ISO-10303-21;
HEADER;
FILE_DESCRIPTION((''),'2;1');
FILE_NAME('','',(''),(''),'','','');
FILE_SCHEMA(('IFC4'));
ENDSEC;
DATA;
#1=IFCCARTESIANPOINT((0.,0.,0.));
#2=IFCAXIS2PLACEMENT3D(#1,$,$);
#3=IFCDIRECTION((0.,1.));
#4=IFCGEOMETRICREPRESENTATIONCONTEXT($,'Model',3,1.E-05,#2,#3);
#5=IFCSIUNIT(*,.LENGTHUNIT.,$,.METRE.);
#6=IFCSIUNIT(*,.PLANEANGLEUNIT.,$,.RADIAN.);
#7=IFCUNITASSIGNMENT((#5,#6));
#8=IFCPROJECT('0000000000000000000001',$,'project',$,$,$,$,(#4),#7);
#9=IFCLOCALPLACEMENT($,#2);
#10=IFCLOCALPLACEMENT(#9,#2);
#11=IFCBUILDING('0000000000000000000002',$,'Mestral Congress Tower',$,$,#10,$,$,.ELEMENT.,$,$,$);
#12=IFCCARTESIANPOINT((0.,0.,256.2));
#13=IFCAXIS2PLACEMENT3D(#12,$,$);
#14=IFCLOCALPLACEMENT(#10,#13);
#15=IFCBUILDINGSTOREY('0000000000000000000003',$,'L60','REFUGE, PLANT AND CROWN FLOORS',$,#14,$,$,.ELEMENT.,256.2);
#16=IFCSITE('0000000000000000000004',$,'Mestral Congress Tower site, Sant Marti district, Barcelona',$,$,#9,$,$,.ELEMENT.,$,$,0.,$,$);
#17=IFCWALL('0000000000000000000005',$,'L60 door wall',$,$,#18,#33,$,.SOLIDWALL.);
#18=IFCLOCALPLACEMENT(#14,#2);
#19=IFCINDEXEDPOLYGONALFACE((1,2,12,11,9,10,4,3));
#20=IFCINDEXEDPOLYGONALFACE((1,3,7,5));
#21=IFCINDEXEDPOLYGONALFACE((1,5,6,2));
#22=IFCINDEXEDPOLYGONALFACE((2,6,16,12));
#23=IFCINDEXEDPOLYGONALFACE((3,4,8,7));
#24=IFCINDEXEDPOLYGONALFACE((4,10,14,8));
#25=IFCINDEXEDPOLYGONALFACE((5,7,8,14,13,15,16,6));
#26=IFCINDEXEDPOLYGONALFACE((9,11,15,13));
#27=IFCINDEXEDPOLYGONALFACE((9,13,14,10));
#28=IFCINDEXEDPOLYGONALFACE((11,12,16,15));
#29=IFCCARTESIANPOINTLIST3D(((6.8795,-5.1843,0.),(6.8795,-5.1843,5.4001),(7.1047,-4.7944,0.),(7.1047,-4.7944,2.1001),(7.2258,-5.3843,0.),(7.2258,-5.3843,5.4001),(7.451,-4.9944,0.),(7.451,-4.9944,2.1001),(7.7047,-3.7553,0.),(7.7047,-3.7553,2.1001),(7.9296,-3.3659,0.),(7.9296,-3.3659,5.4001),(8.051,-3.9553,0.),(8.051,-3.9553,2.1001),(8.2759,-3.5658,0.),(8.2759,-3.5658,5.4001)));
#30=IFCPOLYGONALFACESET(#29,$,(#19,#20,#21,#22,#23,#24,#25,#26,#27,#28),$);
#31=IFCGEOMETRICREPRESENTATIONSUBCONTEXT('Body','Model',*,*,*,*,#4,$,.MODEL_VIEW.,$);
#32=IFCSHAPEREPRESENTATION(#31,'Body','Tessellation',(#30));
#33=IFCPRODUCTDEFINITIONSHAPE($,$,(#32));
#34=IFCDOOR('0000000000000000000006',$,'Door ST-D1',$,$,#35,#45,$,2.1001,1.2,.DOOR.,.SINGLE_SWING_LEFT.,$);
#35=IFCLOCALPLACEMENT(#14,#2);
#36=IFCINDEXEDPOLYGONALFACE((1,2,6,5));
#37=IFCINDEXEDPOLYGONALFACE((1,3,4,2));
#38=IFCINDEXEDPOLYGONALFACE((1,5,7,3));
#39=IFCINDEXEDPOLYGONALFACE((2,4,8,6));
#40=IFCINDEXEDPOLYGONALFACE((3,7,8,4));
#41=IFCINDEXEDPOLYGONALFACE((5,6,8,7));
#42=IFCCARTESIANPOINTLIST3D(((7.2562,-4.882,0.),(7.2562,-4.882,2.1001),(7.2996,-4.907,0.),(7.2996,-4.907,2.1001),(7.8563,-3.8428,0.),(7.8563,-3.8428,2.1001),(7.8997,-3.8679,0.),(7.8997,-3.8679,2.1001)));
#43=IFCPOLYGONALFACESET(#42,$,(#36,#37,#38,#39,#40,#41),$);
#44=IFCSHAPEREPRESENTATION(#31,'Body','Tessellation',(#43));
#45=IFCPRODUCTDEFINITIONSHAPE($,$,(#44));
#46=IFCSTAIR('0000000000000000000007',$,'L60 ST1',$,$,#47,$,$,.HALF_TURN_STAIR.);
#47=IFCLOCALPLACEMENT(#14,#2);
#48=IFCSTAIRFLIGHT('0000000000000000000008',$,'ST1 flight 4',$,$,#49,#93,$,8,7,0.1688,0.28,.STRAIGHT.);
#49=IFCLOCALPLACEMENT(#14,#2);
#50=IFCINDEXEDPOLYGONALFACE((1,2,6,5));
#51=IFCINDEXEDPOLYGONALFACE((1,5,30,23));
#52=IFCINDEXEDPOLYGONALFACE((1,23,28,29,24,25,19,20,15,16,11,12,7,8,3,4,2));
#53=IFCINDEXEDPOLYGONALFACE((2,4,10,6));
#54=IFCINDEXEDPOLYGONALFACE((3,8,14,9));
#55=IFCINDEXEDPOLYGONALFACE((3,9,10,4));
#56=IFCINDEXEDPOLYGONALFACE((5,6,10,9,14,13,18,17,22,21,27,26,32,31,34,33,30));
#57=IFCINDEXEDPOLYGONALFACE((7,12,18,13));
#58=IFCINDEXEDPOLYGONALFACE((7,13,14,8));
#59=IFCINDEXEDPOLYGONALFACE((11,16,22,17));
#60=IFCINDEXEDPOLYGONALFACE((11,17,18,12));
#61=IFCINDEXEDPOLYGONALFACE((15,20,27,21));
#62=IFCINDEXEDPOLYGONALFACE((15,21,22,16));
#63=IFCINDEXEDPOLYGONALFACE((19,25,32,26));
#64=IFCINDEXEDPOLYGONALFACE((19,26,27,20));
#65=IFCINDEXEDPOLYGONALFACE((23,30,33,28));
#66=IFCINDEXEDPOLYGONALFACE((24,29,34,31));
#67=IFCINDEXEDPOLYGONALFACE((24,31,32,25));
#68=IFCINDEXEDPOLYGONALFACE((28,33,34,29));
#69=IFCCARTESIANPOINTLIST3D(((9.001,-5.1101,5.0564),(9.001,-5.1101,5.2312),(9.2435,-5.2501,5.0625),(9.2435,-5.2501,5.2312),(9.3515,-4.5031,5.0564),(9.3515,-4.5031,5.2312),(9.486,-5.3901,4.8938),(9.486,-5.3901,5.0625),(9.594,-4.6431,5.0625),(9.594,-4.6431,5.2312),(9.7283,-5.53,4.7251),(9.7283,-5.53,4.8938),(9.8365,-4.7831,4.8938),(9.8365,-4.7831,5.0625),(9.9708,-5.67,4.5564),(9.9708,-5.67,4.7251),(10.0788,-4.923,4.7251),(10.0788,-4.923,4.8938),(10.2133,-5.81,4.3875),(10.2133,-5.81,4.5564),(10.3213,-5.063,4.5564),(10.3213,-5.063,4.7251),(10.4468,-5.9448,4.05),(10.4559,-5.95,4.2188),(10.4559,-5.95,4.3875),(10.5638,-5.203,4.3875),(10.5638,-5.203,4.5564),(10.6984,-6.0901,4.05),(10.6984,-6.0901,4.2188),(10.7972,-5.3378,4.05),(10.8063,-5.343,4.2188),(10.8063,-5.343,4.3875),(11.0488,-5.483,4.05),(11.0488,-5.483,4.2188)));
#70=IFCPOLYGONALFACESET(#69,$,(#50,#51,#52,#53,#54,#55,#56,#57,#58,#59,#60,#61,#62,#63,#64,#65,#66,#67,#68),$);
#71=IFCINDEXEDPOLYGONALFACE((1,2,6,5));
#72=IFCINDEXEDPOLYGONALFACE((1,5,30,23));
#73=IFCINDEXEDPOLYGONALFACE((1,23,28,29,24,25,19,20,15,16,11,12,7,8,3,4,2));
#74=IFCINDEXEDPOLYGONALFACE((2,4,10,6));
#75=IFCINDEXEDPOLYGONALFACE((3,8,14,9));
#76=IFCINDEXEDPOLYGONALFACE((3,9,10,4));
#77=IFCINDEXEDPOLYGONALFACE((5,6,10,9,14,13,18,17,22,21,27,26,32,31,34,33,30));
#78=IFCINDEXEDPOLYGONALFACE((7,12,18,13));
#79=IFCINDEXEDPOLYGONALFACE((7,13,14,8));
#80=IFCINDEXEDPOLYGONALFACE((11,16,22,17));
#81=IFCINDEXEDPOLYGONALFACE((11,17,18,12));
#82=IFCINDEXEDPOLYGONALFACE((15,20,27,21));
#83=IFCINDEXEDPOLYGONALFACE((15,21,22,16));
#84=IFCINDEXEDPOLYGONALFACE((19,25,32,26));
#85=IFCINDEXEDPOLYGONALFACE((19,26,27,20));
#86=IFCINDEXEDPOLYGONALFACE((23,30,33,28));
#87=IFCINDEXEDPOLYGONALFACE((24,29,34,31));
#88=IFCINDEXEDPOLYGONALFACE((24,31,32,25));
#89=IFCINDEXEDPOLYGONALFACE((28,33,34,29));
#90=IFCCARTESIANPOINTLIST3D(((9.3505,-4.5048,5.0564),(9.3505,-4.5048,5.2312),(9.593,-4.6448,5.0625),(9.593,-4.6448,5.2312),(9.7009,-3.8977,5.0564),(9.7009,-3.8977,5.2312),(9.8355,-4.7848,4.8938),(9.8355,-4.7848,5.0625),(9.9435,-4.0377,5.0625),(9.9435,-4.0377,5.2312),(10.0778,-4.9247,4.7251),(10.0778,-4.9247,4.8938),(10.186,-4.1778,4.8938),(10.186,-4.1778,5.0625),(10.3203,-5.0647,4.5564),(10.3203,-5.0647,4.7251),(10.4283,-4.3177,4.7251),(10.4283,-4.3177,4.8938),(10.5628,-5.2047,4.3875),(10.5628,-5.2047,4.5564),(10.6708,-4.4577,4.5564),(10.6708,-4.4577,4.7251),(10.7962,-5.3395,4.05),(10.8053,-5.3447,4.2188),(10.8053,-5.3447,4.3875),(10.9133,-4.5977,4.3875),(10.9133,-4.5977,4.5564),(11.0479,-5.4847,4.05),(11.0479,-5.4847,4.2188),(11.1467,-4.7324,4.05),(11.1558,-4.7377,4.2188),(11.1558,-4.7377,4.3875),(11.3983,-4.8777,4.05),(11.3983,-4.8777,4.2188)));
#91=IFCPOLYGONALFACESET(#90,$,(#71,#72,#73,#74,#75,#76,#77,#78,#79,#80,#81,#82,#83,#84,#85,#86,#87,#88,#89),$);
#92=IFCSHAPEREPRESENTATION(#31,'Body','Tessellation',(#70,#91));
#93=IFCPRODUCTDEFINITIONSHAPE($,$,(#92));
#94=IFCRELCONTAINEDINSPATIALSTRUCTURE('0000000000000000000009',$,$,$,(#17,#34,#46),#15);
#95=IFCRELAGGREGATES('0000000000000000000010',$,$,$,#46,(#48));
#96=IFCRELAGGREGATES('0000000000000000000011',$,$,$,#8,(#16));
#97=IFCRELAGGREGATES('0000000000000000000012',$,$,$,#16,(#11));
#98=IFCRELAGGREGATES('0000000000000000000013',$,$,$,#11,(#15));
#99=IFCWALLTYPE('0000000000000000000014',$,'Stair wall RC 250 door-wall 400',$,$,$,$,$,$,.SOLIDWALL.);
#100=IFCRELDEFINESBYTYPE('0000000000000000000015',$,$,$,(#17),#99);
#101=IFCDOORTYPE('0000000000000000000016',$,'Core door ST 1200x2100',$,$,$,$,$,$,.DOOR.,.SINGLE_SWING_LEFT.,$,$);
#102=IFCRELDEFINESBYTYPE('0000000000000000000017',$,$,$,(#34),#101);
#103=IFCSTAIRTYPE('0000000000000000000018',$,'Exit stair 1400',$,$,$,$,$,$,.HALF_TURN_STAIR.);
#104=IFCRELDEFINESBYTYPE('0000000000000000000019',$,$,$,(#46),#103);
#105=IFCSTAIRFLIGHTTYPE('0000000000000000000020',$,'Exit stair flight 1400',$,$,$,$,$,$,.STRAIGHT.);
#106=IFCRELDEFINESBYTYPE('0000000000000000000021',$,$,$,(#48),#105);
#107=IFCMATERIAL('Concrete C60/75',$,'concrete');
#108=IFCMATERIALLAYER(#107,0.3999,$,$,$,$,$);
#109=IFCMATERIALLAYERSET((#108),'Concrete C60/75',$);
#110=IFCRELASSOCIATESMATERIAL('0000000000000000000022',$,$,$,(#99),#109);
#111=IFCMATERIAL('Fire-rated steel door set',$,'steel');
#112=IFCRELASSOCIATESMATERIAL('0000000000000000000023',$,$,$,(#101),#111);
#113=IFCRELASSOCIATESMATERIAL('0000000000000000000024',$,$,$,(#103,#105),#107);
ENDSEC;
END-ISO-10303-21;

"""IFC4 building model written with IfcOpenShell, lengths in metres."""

from ifc_helpers import new_model, si_unit, direction, frame, frame_2d, origin, place, context, subcontext, project, spatial, polyline, rectangle, outline, extrude, material, layer, layer_set, type_object, element, fill, aggregate, save


model = new_model("IFC4")

# Units and contexts
model_context = context("Model", 3, precision=1e-05, world=origin(), true_north=direction((0.0, 1.0)))
body_context = subcontext(model_context, "Body", "Model", "MODEL_VIEW")
ifc_project = project(units=[si_unit("LENGTHUNIT", "METRE"), si_unit("PLANEANGLEUNIT", "RADIAN")], contexts=[model_context])

# Site, building, storey
site_placement = place(None, origin())
site = spatial("IfcSite", under=ifc_project, at=site_placement, Name="Mestral Congress Tower site, Sant Marti district, Barcelona", CompositionType="ELEMENT", RefElevation=0.0)
building_placement = place(site_placement, origin())
building = spatial("IfcBuilding", under=site, at=building_placement, Name="Mestral Congress Tower", CompositionType="ELEMENT")
storey_placement = place(building_placement, frame((0.0, 0.0, 256.2)))
storey = spatial("IfcBuildingStorey", under=building, at=storey_placement, Name="L60", Description="REFUGE, PLANT AND CROWN FLOORS", CompositionType="ELEMENT", Elevation=256.2)

# Shared definitions
ifc_material_1 = material(Name="Concrete C60/75", Category="concrete")

# Shared definitions
ifc_material_2 = material(Name="Fire-rated steel door set", Category="steel")

# Wall, opening, door
ifc_layer_1 = layer(ifc_material_1, 0.3999)
ifc_layer_set_1 = layer_set([ifc_layer_1], Name="Concrete C60/75")
wall_type_1 = type_object("IfcWallType", Name="Stair wall RC 250 door-wall 400", PredefinedType="SOLIDWALL", material=ifc_layer_set_1)
wall_1_placement = place(storey_placement, frame((7.0527, -5.2842, 0.0), z_axis=(0.0, 0.0, 1.0), x_axis=(0.500078, 0.86598, 0.0)))
wall_1 = element("IfcWall", 1, at=wall_1_placement, inside=storey, type_object=wall_type_1, Name="L60 door wall", PredefinedType="SOLIDWALL", context=body_context, shape_type="SweptSolid", body=[
    extrude(rectangle(XDim=2.0999, YDim=0.3999, at=frame_2d((1.0498, 0.0))), origin(), (0.0, 0.0, 1.0), 5.4001),
])
opening_1_placement = place(wall_1_placement, frame((0.45, 0.0, 0.0)))
opening_1 = element("IfcOpeningElement", 2, at=opening_1_placement, cuts=wall_1, PredefinedType="OPENING", context=body_context, shape_type="SweptSolid", body=[
    extrude(rectangle(XDim=1.2, YDim=2.1001, at=frame_2d((0.6001, 1.05))), frame((0.0, 0.21, 0.0), z_axis=(0.0, -1.0, 0.0), x_axis=(1.0, 0.0, 0.0)), (0.0, 0.0, 1.0), 0.4199),
])
door_type_1 = type_object("IfcDoorType", Name="Core door ST 1200x2100", OperationType="SINGLE_SWING_LEFT", PredefinedType="DOOR", material=ifc_material_2)
door_1_placement = place(opening_1_placement, origin())
door_1 = element("IfcDoor", 3, at=door_1_placement, inside=storey, type_object=door_type_1, Name="Door ST-D1", OperationType="SINGLE_SWING_LEFT", OverallHeight=2.1001, OverallWidth=1.2, PredefinedType="DOOR", context=body_context, shape_type="SweptSolid", body=[
    extrude(rectangle(XDim=1.2, YDim=2.1001, at=frame_2d((0.6001, 1.05))), frame((0.0, 0.0249, 0.0), z_axis=(0.0, -1.0, 0.0), x_axis=(1.0, 0.0, 0.0)), (0.0, 0.0, 1.0), 0.05),
])
fill(opening_1, door_1)

# Stair, stair flight
stair_type = type_object("IfcStairType", Name="Exit stair 1400", PredefinedType="HALF_TURN_STAIR", material=ifc_material_1)
stair_placement = place(storey_placement, origin())
stair = element("IfcStair", 4, at=stair_placement, inside=storey, type_object=stair_type, Name="L60 ST1", PredefinedType="HALF_TURN_STAIR")
stair_flight_type = type_object("IfcStairFlightType", Name="Exit stair flight 1400", PredefinedType="STRAIGHT", material=ifc_material_1)
stair_flight_placement = place(storey_placement, frame((11.0483, -5.4839, 4.05), z_axis=(0.0, 0.0, 1.0), x_axis=(-0.866025, 0.5, 0.0)))
stair_flight = element("IfcStairFlight", 5, at=stair_flight_placement, type_object=stair_flight_type, Name="ST1 flight 4", NumberOfRisers=8, NumberOfTreads=7, PredefinedType="STRAIGHT", RiserHeight=0.1688, TreadLength=0.28, context=body_context, shape_type="SweptSolid", body=[
    extrude(outline(polyline([(0.0, 0.0), (0.0, 0.1687), (0.28, 0.1687), (0.28, 0.3374), (0.5601, 0.3374), (0.5601, 0.5063), (0.8401, 0.5063), (0.8401, 0.675), (1.1201, 0.675), (1.1201, 0.8438), (1.3999, 0.8438), (1.3999, 1.0125), (1.6799, 1.0125), (1.6799, 1.1812), (1.96, 1.1812), (1.96, 1.3501), (1.96, 1.0063), (0.2905, 0.0), (0.0, 0.0)])), frame((0.0, 0.7, 0.0), z_axis=(0.0, -1.0, 0.0), x_axis=(1.0, 0.0, 0.0)), (0.0, 0.0, 1.0), 0.7009),
    extrude(outline(polyline([(0.0, 0.0), (0.0, 0.1687), (0.28, 0.1687), (0.28, 0.3374), (0.5601, 0.3374), (0.5601, 0.5063), (0.8401, 0.5063), (0.8401, 0.675), (1.1201, 0.675), (1.1201, 0.8438), (1.3999, 0.8438), (1.3999, 1.0125), (1.6799, 1.0125), (1.6799, 1.1812), (1.96, 1.1812), (1.96, 1.3501), (1.96, 1.0063), (0.2905, 0.0), (0.0, 0.0)])), frame((0.0, 0.001, 0.0), z_axis=(0.0, -1.0, 0.0), x_axis=(1.0, 0.0, 0.0)), (0.0, 0.0, 1.0), 0.7009),
])
aggregate(stair, [stair_flight])

save(model, "model.ifc")
